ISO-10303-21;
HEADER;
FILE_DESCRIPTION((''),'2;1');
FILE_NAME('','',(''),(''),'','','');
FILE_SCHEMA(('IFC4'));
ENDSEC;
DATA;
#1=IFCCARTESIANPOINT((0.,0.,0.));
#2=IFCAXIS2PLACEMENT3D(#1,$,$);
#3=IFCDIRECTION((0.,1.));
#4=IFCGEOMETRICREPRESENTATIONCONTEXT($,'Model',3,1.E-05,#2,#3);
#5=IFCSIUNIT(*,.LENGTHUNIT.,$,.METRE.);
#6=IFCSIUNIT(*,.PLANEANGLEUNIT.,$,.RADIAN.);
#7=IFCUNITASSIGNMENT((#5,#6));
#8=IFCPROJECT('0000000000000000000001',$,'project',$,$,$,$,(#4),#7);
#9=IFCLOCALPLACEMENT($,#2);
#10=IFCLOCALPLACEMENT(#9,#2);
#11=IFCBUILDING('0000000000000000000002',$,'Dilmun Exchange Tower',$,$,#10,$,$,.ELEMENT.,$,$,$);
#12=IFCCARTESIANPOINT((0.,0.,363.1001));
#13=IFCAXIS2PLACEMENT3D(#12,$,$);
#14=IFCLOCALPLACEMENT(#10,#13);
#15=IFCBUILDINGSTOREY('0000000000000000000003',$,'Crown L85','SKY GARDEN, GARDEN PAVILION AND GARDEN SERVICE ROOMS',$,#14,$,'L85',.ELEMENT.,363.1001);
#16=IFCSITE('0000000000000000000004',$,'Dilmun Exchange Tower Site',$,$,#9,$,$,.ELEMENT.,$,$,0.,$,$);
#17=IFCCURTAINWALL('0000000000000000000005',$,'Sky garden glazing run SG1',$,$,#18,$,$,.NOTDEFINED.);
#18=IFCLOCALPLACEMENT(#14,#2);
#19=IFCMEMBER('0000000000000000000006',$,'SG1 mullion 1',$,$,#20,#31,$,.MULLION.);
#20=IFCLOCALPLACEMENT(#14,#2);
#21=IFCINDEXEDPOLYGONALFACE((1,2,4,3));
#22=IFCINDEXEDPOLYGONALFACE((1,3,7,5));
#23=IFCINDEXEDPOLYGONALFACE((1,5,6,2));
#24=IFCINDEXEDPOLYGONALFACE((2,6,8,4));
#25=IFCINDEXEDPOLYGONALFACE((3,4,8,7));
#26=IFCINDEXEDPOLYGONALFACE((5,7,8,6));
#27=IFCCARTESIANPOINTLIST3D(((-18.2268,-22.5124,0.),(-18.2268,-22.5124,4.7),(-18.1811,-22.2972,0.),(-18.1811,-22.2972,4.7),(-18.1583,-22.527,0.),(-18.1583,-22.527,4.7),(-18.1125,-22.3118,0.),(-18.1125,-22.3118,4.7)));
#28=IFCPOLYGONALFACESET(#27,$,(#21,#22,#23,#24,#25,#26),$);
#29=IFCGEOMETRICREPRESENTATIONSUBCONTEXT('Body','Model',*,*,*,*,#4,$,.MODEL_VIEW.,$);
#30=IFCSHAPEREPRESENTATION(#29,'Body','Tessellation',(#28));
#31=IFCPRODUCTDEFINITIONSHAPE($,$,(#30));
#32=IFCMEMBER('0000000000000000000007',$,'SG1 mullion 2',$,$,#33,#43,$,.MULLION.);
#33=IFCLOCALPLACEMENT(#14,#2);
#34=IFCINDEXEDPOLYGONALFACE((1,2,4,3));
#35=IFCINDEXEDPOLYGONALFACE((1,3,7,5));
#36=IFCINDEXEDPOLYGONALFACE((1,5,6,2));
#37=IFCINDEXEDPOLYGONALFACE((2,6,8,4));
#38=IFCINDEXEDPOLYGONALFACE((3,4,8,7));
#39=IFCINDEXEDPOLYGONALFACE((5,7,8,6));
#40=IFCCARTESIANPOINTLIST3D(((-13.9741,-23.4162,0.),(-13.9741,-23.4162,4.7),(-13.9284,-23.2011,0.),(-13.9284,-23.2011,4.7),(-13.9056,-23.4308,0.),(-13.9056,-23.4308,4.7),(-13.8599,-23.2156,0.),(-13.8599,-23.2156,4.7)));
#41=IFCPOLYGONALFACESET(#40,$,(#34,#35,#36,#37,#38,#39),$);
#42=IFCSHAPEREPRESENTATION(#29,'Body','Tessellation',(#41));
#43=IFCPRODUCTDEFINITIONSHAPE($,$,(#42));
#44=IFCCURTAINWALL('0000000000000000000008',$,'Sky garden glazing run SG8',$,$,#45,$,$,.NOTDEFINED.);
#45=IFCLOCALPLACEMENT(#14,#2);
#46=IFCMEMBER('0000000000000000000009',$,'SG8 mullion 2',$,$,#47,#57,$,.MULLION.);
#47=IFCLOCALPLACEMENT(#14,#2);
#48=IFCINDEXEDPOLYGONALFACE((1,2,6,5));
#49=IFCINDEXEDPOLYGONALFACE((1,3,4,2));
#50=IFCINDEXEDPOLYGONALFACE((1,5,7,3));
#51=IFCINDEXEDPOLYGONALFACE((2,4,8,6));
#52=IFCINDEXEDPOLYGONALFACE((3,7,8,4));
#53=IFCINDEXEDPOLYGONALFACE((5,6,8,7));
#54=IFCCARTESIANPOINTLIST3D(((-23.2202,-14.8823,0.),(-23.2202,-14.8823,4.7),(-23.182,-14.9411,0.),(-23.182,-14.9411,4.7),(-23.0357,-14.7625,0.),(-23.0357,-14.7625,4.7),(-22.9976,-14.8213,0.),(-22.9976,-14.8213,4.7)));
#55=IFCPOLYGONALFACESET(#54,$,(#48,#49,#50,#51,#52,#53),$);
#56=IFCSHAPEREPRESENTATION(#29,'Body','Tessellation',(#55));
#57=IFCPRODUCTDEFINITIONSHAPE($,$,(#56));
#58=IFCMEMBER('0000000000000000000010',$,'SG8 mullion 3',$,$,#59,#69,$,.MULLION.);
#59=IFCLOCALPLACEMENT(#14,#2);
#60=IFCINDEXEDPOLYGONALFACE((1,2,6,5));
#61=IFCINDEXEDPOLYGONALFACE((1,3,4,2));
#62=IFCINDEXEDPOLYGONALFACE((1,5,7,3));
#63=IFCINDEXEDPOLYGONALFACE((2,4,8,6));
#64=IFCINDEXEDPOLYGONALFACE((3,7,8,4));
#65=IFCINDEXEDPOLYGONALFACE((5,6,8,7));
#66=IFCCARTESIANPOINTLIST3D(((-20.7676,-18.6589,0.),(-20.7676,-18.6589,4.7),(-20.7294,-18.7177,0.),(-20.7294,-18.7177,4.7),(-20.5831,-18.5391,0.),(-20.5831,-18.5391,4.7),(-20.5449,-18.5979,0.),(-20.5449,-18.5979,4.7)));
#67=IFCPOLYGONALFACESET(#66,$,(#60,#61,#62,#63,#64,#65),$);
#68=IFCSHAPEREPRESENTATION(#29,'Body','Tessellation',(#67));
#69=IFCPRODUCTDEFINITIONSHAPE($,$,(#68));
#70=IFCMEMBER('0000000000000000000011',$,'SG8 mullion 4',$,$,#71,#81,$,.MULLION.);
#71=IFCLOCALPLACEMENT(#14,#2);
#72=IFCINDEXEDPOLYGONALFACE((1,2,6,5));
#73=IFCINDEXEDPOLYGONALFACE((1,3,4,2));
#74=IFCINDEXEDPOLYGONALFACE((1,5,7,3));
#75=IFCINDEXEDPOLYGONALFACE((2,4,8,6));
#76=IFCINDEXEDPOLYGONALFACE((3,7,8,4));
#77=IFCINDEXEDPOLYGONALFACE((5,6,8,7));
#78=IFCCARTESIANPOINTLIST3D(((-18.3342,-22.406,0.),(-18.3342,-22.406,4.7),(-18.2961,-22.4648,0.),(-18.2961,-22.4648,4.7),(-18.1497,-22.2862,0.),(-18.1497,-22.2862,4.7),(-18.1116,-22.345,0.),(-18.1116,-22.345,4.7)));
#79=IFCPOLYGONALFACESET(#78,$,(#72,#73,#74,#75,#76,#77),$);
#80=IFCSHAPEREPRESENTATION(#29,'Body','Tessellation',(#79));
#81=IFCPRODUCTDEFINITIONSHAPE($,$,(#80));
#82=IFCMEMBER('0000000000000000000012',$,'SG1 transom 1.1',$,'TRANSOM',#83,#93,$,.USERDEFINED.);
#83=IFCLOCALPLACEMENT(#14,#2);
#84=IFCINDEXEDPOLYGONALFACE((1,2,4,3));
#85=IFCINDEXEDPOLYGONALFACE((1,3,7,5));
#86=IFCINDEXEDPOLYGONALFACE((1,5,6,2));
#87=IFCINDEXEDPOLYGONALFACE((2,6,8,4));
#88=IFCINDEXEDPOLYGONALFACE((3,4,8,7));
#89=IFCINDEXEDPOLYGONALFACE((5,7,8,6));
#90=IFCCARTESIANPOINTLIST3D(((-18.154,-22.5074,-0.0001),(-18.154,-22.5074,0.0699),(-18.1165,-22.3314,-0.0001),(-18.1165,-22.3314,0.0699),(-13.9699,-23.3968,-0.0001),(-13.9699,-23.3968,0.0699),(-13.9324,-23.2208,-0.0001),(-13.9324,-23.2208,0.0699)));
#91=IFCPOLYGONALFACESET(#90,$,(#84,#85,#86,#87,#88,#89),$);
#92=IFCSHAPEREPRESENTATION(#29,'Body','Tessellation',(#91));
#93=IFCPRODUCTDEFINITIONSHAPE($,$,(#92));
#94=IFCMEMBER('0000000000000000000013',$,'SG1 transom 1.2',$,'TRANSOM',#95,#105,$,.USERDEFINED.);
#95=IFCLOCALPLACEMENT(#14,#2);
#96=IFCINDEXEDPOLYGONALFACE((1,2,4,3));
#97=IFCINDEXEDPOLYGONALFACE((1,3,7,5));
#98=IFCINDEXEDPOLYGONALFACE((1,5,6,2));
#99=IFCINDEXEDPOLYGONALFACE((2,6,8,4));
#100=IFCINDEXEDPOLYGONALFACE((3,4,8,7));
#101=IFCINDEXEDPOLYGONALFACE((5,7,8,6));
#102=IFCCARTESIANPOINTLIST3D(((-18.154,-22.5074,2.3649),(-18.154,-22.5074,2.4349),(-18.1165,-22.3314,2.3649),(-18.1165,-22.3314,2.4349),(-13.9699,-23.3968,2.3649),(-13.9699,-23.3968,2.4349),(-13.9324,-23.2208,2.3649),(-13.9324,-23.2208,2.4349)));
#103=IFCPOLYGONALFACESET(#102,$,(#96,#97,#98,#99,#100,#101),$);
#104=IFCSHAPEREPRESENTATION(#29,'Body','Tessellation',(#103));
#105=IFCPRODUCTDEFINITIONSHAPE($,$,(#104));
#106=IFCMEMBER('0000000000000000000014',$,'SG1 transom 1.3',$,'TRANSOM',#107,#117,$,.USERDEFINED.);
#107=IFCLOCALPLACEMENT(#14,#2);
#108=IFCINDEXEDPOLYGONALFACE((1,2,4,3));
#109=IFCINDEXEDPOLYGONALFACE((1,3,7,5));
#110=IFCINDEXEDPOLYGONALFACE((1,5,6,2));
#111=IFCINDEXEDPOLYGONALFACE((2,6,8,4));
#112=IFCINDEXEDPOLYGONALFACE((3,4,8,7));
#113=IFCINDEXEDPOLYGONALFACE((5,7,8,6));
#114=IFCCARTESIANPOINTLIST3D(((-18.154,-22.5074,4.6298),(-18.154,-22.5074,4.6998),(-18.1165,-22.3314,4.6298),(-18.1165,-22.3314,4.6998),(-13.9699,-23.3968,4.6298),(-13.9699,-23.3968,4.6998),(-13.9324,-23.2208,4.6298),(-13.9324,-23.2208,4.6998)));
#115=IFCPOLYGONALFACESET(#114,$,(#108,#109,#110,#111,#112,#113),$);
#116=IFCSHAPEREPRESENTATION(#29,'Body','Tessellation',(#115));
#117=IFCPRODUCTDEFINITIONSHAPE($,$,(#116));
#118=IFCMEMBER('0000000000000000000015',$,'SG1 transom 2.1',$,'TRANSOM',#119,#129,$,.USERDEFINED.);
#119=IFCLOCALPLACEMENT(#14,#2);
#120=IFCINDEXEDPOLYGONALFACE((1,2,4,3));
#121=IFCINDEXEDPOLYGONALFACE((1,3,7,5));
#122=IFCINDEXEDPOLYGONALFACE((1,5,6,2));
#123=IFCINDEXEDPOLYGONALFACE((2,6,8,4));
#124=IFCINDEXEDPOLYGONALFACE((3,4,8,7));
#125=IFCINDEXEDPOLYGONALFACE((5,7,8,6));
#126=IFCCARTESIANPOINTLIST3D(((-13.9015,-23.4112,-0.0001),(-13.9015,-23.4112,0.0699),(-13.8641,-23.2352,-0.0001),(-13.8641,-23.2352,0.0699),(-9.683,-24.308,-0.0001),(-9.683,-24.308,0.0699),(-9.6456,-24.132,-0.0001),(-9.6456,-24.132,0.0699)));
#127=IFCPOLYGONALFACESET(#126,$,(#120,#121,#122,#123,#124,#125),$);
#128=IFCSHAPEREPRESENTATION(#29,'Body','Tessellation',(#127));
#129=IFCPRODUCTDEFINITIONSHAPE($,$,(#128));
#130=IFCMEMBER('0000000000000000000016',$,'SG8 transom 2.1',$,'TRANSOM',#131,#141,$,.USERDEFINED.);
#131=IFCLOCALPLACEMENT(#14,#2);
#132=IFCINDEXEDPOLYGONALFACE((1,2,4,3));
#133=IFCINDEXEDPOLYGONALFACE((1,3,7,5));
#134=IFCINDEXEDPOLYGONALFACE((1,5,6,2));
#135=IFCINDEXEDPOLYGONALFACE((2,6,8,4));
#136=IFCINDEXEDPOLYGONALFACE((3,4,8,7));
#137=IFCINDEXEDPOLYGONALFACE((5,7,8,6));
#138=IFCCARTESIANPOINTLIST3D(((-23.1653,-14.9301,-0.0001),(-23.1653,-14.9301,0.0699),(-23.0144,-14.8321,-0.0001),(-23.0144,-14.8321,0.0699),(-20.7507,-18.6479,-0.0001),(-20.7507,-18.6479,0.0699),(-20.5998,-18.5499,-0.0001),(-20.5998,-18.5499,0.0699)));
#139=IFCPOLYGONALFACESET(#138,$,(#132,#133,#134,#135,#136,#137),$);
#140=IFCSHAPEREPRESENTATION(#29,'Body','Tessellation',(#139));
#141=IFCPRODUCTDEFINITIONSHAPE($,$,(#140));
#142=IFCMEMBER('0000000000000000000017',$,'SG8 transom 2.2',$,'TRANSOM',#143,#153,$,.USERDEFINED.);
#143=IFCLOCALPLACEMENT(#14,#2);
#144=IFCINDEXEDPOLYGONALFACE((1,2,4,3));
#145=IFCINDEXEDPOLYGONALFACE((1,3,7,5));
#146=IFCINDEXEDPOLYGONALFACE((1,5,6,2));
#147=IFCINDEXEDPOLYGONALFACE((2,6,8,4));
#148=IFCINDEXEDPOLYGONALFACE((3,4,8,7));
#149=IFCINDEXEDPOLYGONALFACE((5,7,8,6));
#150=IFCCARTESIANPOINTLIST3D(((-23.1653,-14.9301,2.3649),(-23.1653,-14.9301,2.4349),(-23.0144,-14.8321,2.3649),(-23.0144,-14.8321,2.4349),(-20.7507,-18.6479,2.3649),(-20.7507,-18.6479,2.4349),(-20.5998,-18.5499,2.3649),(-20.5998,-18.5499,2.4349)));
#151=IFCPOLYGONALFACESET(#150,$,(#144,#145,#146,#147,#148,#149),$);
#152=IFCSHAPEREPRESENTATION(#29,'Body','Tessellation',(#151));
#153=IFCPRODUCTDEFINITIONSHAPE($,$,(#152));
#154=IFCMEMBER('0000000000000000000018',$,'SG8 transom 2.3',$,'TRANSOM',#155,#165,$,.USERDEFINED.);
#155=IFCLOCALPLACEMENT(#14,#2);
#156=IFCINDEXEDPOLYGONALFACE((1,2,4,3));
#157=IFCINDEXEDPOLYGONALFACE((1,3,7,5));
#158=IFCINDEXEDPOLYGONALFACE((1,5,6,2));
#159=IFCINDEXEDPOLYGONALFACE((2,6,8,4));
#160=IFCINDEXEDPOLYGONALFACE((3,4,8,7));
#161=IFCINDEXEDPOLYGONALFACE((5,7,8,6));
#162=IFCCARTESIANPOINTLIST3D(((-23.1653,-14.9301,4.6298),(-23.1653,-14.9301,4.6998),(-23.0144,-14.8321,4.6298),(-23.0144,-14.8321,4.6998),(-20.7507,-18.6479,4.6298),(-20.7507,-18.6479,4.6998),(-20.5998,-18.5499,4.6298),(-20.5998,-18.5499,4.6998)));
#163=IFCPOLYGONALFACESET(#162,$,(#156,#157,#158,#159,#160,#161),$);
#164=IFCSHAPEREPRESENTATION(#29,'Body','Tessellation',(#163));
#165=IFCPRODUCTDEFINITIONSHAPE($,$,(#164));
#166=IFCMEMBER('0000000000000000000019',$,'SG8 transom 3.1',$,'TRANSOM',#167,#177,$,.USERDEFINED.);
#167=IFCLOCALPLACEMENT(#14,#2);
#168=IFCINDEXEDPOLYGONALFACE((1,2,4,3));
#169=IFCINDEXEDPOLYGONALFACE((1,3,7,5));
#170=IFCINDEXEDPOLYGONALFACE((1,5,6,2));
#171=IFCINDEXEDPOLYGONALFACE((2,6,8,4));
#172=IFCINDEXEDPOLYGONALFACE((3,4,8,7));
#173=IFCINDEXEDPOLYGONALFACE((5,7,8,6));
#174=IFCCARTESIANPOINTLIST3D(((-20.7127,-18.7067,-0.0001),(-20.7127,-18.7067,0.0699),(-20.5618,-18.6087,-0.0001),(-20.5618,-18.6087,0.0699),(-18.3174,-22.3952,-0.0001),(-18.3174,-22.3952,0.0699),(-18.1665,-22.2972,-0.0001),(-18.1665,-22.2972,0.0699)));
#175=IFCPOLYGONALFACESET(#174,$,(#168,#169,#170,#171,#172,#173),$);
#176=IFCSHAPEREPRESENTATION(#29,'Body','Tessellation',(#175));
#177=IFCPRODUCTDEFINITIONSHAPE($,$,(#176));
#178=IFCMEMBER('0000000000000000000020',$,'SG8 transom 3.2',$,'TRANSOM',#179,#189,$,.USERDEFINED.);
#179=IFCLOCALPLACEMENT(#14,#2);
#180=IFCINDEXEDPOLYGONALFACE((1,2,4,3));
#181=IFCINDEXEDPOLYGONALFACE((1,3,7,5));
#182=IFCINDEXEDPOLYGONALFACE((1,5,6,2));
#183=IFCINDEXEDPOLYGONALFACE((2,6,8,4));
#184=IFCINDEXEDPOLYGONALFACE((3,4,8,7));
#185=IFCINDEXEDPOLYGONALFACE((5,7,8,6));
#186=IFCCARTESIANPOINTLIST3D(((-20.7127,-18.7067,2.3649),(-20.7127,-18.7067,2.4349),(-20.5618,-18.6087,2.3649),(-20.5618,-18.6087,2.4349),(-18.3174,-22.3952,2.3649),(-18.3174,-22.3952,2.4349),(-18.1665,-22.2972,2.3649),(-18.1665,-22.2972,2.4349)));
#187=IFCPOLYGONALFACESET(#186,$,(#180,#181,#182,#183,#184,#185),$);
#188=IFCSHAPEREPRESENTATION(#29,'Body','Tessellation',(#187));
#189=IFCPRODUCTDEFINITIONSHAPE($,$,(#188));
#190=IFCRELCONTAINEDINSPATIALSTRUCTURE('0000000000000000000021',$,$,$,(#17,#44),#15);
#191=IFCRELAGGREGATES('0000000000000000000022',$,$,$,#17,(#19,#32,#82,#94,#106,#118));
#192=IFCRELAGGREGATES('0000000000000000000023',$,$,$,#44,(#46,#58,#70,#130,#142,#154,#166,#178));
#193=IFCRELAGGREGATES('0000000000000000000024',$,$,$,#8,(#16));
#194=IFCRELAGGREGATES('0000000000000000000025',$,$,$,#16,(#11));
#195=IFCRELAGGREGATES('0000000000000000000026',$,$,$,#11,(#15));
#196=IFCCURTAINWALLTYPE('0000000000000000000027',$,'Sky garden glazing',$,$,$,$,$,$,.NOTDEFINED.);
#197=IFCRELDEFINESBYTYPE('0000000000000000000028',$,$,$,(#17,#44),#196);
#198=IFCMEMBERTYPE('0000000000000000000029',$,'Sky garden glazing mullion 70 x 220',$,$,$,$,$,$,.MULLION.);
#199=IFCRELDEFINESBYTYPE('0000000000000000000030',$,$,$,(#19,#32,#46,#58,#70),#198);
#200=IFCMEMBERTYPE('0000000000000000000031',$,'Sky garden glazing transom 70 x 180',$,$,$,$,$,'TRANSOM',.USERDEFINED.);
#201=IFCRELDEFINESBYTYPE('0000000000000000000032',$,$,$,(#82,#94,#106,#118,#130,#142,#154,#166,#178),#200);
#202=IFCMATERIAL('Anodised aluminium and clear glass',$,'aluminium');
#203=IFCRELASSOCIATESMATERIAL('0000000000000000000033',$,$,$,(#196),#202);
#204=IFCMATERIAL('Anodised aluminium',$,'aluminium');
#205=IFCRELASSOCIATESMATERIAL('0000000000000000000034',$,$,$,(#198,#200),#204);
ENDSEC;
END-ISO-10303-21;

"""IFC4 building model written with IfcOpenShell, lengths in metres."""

from ifc_helpers import new_model, si_unit, direction, frame, origin, origin_2d, place, context, subcontext, project, spatial, rectangle, extrude, material, material_profile, profile_set, type_object, element, aggregate, save


model = new_model("IFC4")

# Units and contexts
model_context = context("Model", 3, precision=1e-05, world=origin(), true_north=direction((0.0, 1.0)))
body_context = subcontext(model_context, "Body", "Model", "MODEL_VIEW")
ifc_project = project(units=[si_unit("LENGTHUNIT", "METRE"), si_unit("PLANEANGLEUNIT", "RADIAN")], contexts=[model_context])

# Site, building, storey
site_placement = place(None, origin())
site = spatial("IfcSite", under=ifc_project, at=site_placement, Name="Dilmun Exchange Tower Site", CompositionType="ELEMENT", RefElevation=0.0)
building_placement = place(site_placement, origin())
building = spatial("IfcBuilding", under=site, at=building_placement, Name="Dilmun Exchange Tower", CompositionType="ELEMENT")
storey_placement = place(building_placement, frame((0.0, 0.0, 363.1001)))
storey = spatial("IfcBuildingStorey", under=building, at=storey_placement, Name="Crown L85", Description="SKY GARDEN, GARDEN PAVILION AND GARDEN SERVICE ROOMS", LongName="L85", CompositionType="ELEMENT", Elevation=363.1001)

# Curtain walls, members
ifc_material_1 = material(Name="Anodised aluminium and clear glass", Category="aluminium")
curtain_wall_type = type_object("IfcCurtainWallType", Name="Sky garden glazing", PredefinedType="NOTDEFINED", material=ifc_material_1)
curtain_wall_1_placement = place(storey_placement, origin())
curtain_wall_1 = element("IfcCurtainWall", 1, at=curtain_wall_1_placement, inside=storey, type_object=curtain_wall_type, Name="Sky garden glazing run SG1", PredefinedType="NOTDEFINED")
ifc_material_2 = material(Name="Anodised aluminium", Category="aluminium")
ifc_material_profile_1 = material_profile(ifc_material_2, rectangle(XDim=0.22, YDim=0.0701, at=origin_2d()), Name="AL 70x220")
ifc_profile_set_1 = profile_set([ifc_material_profile_1], Name="Anodised aluminium")
member_type_1 = type_object("IfcMemberType", Name="Sky garden glazing mullion 70 x 220", PredefinedType="MULLION", material=ifc_profile_set_1)
member_1_placement = place(storey_placement, frame((-18.1697, -22.4121, 0.0), z_axis=(0.0, 0.0, 1.0), x_axis=(0.207913, 0.978147, 0.0)))
member_1 = element("IfcMember", 2, at=member_1_placement, type_object=member_type_1, Name="SG1 mullion 1", PredefinedType="MULLION", context=body_context, shape_type="SweptSolid", body=[
    extrude(rectangle(XDim=0.22, YDim=0.0701, at=origin_2d()), origin(), (0.0, 0.0, 1.0), 4.7),
])
member_2_placement = place(storey_placement, frame((-13.917, -23.3159, 0.0), z_axis=(0.0, 0.0, 1.0), x_axis=(0.207913, 0.978147, 0.0)))
member_2 = element("IfcMember", 3, at=member_2_placement, type_object=member_type_1, Name="SG1 mullion 2", PredefinedType="MULLION", context=body_context, shape_type="SweptSolid", body=[
    extrude(rectangle(XDim=0.22, YDim=0.0701, at=origin_2d()), origin(), (0.0, 0.0, 1.0), 4.7),
])
curtain_wall_2_placement = place(storey_placement, origin())
curtain_wall_2 = element("IfcCurtainWall", 4, at=curtain_wall_2_placement, inside=storey, type_object=curtain_wall_type, Name="Sky garden glazing run SG8", PredefinedType="NOTDEFINED")
member_3_placement = place(storey_placement, frame((-23.1089, -14.8518, 0.0), z_axis=(0.0, 0.0, 1.0), x_axis=(0.838667, 0.544644, 0.0)))
member_3 = element("IfcMember", 5, at=member_3_placement, type_object=member_type_1, Name="SG8 mullion 2", PredefinedType="MULLION", context=body_context, shape_type="SweptSolid", body=[
    extrude(rectangle(XDim=0.22, YDim=0.0701, at=origin_2d()), origin(), (0.0, 0.0, 1.0), 4.7),
])
member_4_placement = place(storey_placement, frame((-20.6562, -18.6284, 0.0), z_axis=(0.0, 0.0, 1.0), x_axis=(0.838667, 0.544644, 0.0)))
member_4 = element("IfcMember", 6, at=member_4_placement, type_object=member_type_1, Name="SG8 mullion 3", PredefinedType="MULLION", context=body_context, shape_type="SweptSolid", body=[
    extrude(rectangle(XDim=0.22, YDim=0.0701, at=origin_2d()), origin(), (0.0, 0.0, 1.0), 4.7),
])
member_5_placement = place(storey_placement, frame((-18.2229, -22.3755, 0.0), z_axis=(0.0, 0.0, 1.0), x_axis=(0.838667, 0.544644, 0.0)))
member_5 = element("IfcMember", 7, at=member_5_placement, type_object=member_type_1, Name="SG8 mullion 4", PredefinedType="MULLION", context=body_context, shape_type="SweptSolid", body=[
    extrude(rectangle(XDim=0.22, YDim=0.0701, at=origin_2d()), origin(), (0.0, 0.0, 1.0), 4.7),
])

# Members
ifc_material_profile_2 = material_profile(ifc_material_2, rectangle(XDim=0.1799, YDim=0.0701, at=origin_2d()), Name="AL 70x180")
ifc_profile_set_2 = profile_set([ifc_material_profile_2], Name="Anodised aluminium")
member_type_2 = type_object("IfcMemberType", Name="Sky garden glazing transom 70 x 180", ElementType="TRANSOM", PredefinedType="USERDEFINED", material=ifc_profile_set_2)
member_6_placement = place(storey_placement, frame((-18.1353, -22.4194, 0.0349), z_axis=(0.978145, -0.207923, 0.0), x_axis=(0.207923, 0.978145, 0.0)))
member_6 = element("IfcMember", 8, at=member_6_placement, type_object=member_type_2, Name="SG1 transom 1.1", ObjectType="TRANSOM", PredefinedType="USERDEFINED", context=body_context, shape_type="SweptSolid", body=[
    extrude(rectangle(XDim=0.1799, YDim=0.0701, at=origin_2d()), origin(), (0.0, 0.0, 1.0), 4.2776),
])
member_7_placement = place(storey_placement, frame((-18.1353, -22.4194, 2.3999), z_axis=(0.978145, -0.207923, 0.0), x_axis=(0.207923, 0.978145, 0.0)))
member_7 = element("IfcMember", 9, at=member_7_placement, type_object=member_type_2, Name="SG1 transom 1.2", ObjectType="TRANSOM", PredefinedType="USERDEFINED", context=body_context, shape_type="SweptSolid", body=[
    extrude(rectangle(XDim=0.1799, YDim=0.0701, at=origin_2d()), origin(), (0.0, 0.0, 1.0), 4.2776),
])
member_8_placement = place(storey_placement, frame((-18.1353, -22.4194, 4.6648), z_axis=(0.978145, -0.207923, 0.0), x_axis=(0.207923, 0.978145, 0.0)))
member_8 = element("IfcMember", 10, at=member_8_placement, type_object=member_type_2, Name="SG1 transom 1.3", ObjectType="TRANSOM", PredefinedType="USERDEFINED", context=body_context, shape_type="SweptSolid", body=[
    extrude(rectangle(XDim=0.1799, YDim=0.0701, at=origin_2d()), origin(), (0.0, 0.0, 1.0), 4.2776),
])
member_9_placement = place(storey_placement, frame((-13.8828, -23.3232, 0.0349), z_axis=(0.978145, -0.207924, 0.0), x_axis=(0.207924, 0.978145, 0.0)))
member_9 = element("IfcMember", 11, at=member_9_placement, type_object=member_type_2, Name="SG1 transom 2.1", ObjectType="TRANSOM", PredefinedType="USERDEFINED", context=body_context, shape_type="SweptSolid", body=[
    extrude(rectangle(XDim=0.1799, YDim=0.0701, at=origin_2d()), origin(), (0.0, 0.0, 1.0), 4.3127),
])
member_10_placement = place(storey_placement, frame((-23.0898, -14.8811, 0.0349), z_axis=(0.544671, -0.83865, 0.0), x_axis=(0.83865, 0.544671, 0.0)))
member_10 = element("IfcMember", 12, at=member_10_placement, type_object=member_type_2, Name="SG8 transom 2.1", ObjectType="TRANSOM", PredefinedType="USERDEFINED", context=body_context, shape_type="SweptSolid", body=[
    extrude(rectangle(XDim=0.1799, YDim=0.0701, at=origin_2d()), origin(), (0.0, 0.0, 1.0), 4.4331),
])
member_11_placement = place(storey_placement, frame((-23.0898, -14.8811, 2.3999), z_axis=(0.544671, -0.83865, 0.0), x_axis=(0.83865, 0.544671, 0.0)))
member_11 = element("IfcMember", 13, at=member_11_placement, type_object=member_type_2, Name="SG8 transom 2.2", ObjectType="TRANSOM", PredefinedType="USERDEFINED", context=body_context, shape_type="SweptSolid", body=[
    extrude(rectangle(XDim=0.1799, YDim=0.0701, at=origin_2d()), origin(), (0.0, 0.0, 1.0), 4.4331),
])
member_12_placement = place(storey_placement, frame((-23.0898, -14.8811, 4.6648), z_axis=(0.544671, -0.83865, 0.0), x_axis=(0.83865, 0.544671, 0.0)))
member_12 = element("IfcMember", 14, at=member_12_placement, type_object=member_type_2, Name="SG8 transom 2.3", ObjectType="TRANSOM", PredefinedType="USERDEFINED", context=body_context, shape_type="SweptSolid", body=[
    extrude(rectangle(XDim=0.1799, YDim=0.0701, at=origin_2d()), origin(), (0.0, 0.0, 1.0), 4.4331),
])
member_13_placement = place(storey_placement, frame((-20.6372, -18.6577, 0.0349), z_axis=(0.544629, -0.838677, 0.0), x_axis=(0.838677, 0.544629, 0.0)))
member_13 = element("IfcMember", 15, at=member_13_placement, type_object=member_type_2, Name="SG8 transom 3.1", ObjectType="TRANSOM", PredefinedType="USERDEFINED", context=body_context, shape_type="SweptSolid", body=[
    extrude(rectangle(XDim=0.1799, YDim=0.0701, at=origin_2d()), origin(), (0.0, 0.0, 1.0), 4.3979),
])
member_14_placement = place(storey_placement, frame((-20.6372, -18.6577, 2.3999), z_axis=(0.544629, -0.838677, 0.0), x_axis=(0.838677, 0.544629, 0.0)))
member_14 = element("IfcMember", 16, at=member_14_placement, type_object=member_type_2, Name="SG8 transom 3.2", ObjectType="TRANSOM", PredefinedType="USERDEFINED", context=body_context, shape_type="SweptSolid", body=[
    extrude(rectangle(XDim=0.1799, YDim=0.0701, at=origin_2d()), origin(), (0.0, 0.0, 1.0), 4.3979),
])

aggregate(curtain_wall_1, [member_1, member_2, member_6, member_7, member_8, member_9])
aggregate(curtain_wall_2, [member_3, member_4, member_5, member_10, member_11, member_12, member_13, member_14])

save(model, "model.ifc")
